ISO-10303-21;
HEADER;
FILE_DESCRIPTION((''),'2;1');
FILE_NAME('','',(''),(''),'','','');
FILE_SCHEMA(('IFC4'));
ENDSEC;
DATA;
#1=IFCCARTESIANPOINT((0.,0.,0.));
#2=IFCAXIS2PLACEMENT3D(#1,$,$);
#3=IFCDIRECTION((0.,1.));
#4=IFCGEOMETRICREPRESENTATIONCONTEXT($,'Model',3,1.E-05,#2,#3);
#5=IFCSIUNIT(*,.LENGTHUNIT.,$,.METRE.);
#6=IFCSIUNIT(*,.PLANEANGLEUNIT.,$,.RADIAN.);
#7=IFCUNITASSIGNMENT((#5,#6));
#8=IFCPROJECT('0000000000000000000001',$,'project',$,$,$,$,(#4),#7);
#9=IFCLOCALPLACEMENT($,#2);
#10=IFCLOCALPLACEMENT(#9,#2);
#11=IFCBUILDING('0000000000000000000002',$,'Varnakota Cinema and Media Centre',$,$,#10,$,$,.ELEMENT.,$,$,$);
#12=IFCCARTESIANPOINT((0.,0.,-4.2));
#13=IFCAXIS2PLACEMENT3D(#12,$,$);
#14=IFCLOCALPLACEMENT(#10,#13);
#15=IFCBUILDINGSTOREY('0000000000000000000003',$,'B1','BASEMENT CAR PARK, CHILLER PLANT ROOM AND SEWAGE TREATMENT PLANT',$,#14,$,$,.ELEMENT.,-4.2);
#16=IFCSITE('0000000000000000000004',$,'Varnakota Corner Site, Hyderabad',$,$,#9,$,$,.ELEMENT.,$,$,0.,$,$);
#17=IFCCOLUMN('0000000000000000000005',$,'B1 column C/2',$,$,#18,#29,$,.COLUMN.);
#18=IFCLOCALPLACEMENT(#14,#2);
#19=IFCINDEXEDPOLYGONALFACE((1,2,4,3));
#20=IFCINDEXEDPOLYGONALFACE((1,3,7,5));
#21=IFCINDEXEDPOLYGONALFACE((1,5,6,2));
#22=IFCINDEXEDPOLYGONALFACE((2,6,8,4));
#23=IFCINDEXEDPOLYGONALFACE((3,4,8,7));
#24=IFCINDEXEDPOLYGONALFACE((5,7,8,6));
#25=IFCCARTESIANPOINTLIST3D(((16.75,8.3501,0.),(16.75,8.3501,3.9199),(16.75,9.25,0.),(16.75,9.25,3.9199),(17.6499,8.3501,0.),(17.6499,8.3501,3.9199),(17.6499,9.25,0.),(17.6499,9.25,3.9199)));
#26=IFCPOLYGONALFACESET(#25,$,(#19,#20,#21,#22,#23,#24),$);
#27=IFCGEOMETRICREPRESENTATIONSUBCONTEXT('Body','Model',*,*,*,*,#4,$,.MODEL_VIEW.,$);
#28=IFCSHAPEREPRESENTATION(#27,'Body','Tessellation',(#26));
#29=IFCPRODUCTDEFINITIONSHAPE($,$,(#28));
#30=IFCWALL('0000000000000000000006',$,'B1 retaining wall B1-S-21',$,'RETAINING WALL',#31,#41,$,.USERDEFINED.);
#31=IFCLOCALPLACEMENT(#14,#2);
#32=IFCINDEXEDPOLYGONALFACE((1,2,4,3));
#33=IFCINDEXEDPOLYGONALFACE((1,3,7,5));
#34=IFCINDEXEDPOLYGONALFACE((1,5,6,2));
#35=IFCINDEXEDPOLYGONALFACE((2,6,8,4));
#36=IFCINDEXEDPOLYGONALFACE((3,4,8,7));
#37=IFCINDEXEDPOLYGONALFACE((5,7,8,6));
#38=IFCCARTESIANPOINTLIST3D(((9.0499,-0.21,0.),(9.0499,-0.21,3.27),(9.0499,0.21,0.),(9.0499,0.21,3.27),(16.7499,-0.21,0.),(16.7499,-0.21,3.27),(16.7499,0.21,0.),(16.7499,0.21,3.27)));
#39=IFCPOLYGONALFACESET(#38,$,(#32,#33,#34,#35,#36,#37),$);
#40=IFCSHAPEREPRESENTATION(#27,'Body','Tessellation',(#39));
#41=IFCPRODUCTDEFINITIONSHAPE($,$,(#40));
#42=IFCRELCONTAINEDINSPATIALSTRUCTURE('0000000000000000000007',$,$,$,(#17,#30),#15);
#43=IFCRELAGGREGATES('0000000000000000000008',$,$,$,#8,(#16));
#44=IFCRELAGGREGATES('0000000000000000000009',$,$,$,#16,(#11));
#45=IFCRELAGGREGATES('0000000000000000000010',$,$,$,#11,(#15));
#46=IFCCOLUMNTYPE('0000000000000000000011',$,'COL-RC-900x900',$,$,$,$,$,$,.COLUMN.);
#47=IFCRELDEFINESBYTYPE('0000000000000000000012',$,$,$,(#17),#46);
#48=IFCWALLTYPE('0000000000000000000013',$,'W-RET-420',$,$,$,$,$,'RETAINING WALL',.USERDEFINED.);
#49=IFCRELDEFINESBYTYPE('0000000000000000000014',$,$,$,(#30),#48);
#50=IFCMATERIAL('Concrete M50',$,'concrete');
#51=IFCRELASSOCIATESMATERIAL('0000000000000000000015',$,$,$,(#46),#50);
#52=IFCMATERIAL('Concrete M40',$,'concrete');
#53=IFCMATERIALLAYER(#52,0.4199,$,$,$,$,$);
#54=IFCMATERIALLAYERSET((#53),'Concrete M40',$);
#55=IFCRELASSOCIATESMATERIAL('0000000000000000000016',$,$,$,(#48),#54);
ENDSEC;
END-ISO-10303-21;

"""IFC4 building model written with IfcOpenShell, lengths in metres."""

from ifc_helpers import new_model, si_unit, direction, frame, frame_2d, origin, origin_2d, place, context, subcontext, project, spatial, rectangle, extrude, material, layer, layer_set, material_profile, profile_set, type_object, element, save


model = new_model("IFC4")

# Units and contexts
model_context = context("Model", 3, precision=1e-05, world=origin(), true_north=direction((0.0, 1.0)))
body_context = subcontext(model_context, "Body", "Model", "MODEL_VIEW")
ifc_project = project(units=[si_unit("LENGTHUNIT", "METRE"), si_unit("PLANEANGLEUNIT", "RADIAN")], contexts=[model_context])

# Site, building, storey
site_placement = place(None, origin())
site = spatial("IfcSite", under=ifc_project, at=site_placement, Name="Varnakota Corner Site, Hyderabad", CompositionType="ELEMENT", RefElevation=0.0)
building_placement = place(site_placement, origin())
building = spatial("IfcBuilding", under=site, at=building_placement, Name="Varnakota Cinema and Media Centre", CompositionType="ELEMENT")
storey_placement = place(building_placement, frame((0.0, 0.0, -4.2)))
storey = spatial("IfcBuildingStorey", under=building, at=storey_placement, Name="B1", Description="BASEMENT CAR PARK, CHILLER PLANT ROOM AND SEWAGE TREATMENT PLANT", CompositionType="ELEMENT", Elevation=-4.2)

# Column
ifc_material_1 = material(Name="Concrete M50", Category="concrete")
ifc_material_profile_1 = material_profile(ifc_material_1, rectangle(XDim=0.8999, YDim=0.8999, at=origin_2d()), Name="RC 900x900")
ifc_profile_set_1 = profile_set([ifc_material_profile_1], Name="Concrete M50")
column_type = type_object("IfcColumnType", Name="COL-RC-900x900", PredefinedType="COLUMN", material=ifc_profile_set_1)
for number, where, z_axis, x_axis, name in (
    (1, (17.2, 8.8, 0.0), (0.0, 0.0, 1.0), (1.0, 0.0, 0.0), "B1 column C/2"),
):
    element("IfcColumn", number, at=place(storey_placement, frame(where, z_axis=z_axis, x_axis=x_axis)), inside=storey, type_object=column_type, Name=name, PredefinedType="COLUMN", context=body_context, shape_type="SweptSolid", body=[
        extrude(rectangle(XDim=0.8999, YDim=0.8999, at=origin_2d()), origin(), (0.0, 0.0, 1.0), 3.9199),
    ])

# Wall
ifc_material_2 = material(Name="Concrete M40", Category="concrete")
ifc_layer = layer(ifc_material_2, 0.4199)
ifc_layer_set = layer_set([ifc_layer], Name="Concrete M40")
wall_type = type_object("IfcWallType", Name="W-RET-420", ElementType="RETAINING WALL", PredefinedType="USERDEFINED", material=ifc_layer_set)
wall_placement = place(storey_placement, frame((16.75, 0.0, 0.0), z_axis=(0.0, 0.0, 1.0), x_axis=(-1.0, 0.0, 0.0)))
element("IfcWall", 2, at=wall_placement, inside=storey, type_object=wall_type, Name="B1 retaining wall B1-S-21", ObjectType="RETAINING WALL", PredefinedType="USERDEFINED", context=body_context, shape_type="SweptSolid", body=[
    extrude(rectangle(XDim=7.7, YDim=0.4199, at=frame_2d((3.8501, 0.0))), origin(), (0.0, 0.0, 1.0), 3.27),
])

save(model, "model.ifc")
